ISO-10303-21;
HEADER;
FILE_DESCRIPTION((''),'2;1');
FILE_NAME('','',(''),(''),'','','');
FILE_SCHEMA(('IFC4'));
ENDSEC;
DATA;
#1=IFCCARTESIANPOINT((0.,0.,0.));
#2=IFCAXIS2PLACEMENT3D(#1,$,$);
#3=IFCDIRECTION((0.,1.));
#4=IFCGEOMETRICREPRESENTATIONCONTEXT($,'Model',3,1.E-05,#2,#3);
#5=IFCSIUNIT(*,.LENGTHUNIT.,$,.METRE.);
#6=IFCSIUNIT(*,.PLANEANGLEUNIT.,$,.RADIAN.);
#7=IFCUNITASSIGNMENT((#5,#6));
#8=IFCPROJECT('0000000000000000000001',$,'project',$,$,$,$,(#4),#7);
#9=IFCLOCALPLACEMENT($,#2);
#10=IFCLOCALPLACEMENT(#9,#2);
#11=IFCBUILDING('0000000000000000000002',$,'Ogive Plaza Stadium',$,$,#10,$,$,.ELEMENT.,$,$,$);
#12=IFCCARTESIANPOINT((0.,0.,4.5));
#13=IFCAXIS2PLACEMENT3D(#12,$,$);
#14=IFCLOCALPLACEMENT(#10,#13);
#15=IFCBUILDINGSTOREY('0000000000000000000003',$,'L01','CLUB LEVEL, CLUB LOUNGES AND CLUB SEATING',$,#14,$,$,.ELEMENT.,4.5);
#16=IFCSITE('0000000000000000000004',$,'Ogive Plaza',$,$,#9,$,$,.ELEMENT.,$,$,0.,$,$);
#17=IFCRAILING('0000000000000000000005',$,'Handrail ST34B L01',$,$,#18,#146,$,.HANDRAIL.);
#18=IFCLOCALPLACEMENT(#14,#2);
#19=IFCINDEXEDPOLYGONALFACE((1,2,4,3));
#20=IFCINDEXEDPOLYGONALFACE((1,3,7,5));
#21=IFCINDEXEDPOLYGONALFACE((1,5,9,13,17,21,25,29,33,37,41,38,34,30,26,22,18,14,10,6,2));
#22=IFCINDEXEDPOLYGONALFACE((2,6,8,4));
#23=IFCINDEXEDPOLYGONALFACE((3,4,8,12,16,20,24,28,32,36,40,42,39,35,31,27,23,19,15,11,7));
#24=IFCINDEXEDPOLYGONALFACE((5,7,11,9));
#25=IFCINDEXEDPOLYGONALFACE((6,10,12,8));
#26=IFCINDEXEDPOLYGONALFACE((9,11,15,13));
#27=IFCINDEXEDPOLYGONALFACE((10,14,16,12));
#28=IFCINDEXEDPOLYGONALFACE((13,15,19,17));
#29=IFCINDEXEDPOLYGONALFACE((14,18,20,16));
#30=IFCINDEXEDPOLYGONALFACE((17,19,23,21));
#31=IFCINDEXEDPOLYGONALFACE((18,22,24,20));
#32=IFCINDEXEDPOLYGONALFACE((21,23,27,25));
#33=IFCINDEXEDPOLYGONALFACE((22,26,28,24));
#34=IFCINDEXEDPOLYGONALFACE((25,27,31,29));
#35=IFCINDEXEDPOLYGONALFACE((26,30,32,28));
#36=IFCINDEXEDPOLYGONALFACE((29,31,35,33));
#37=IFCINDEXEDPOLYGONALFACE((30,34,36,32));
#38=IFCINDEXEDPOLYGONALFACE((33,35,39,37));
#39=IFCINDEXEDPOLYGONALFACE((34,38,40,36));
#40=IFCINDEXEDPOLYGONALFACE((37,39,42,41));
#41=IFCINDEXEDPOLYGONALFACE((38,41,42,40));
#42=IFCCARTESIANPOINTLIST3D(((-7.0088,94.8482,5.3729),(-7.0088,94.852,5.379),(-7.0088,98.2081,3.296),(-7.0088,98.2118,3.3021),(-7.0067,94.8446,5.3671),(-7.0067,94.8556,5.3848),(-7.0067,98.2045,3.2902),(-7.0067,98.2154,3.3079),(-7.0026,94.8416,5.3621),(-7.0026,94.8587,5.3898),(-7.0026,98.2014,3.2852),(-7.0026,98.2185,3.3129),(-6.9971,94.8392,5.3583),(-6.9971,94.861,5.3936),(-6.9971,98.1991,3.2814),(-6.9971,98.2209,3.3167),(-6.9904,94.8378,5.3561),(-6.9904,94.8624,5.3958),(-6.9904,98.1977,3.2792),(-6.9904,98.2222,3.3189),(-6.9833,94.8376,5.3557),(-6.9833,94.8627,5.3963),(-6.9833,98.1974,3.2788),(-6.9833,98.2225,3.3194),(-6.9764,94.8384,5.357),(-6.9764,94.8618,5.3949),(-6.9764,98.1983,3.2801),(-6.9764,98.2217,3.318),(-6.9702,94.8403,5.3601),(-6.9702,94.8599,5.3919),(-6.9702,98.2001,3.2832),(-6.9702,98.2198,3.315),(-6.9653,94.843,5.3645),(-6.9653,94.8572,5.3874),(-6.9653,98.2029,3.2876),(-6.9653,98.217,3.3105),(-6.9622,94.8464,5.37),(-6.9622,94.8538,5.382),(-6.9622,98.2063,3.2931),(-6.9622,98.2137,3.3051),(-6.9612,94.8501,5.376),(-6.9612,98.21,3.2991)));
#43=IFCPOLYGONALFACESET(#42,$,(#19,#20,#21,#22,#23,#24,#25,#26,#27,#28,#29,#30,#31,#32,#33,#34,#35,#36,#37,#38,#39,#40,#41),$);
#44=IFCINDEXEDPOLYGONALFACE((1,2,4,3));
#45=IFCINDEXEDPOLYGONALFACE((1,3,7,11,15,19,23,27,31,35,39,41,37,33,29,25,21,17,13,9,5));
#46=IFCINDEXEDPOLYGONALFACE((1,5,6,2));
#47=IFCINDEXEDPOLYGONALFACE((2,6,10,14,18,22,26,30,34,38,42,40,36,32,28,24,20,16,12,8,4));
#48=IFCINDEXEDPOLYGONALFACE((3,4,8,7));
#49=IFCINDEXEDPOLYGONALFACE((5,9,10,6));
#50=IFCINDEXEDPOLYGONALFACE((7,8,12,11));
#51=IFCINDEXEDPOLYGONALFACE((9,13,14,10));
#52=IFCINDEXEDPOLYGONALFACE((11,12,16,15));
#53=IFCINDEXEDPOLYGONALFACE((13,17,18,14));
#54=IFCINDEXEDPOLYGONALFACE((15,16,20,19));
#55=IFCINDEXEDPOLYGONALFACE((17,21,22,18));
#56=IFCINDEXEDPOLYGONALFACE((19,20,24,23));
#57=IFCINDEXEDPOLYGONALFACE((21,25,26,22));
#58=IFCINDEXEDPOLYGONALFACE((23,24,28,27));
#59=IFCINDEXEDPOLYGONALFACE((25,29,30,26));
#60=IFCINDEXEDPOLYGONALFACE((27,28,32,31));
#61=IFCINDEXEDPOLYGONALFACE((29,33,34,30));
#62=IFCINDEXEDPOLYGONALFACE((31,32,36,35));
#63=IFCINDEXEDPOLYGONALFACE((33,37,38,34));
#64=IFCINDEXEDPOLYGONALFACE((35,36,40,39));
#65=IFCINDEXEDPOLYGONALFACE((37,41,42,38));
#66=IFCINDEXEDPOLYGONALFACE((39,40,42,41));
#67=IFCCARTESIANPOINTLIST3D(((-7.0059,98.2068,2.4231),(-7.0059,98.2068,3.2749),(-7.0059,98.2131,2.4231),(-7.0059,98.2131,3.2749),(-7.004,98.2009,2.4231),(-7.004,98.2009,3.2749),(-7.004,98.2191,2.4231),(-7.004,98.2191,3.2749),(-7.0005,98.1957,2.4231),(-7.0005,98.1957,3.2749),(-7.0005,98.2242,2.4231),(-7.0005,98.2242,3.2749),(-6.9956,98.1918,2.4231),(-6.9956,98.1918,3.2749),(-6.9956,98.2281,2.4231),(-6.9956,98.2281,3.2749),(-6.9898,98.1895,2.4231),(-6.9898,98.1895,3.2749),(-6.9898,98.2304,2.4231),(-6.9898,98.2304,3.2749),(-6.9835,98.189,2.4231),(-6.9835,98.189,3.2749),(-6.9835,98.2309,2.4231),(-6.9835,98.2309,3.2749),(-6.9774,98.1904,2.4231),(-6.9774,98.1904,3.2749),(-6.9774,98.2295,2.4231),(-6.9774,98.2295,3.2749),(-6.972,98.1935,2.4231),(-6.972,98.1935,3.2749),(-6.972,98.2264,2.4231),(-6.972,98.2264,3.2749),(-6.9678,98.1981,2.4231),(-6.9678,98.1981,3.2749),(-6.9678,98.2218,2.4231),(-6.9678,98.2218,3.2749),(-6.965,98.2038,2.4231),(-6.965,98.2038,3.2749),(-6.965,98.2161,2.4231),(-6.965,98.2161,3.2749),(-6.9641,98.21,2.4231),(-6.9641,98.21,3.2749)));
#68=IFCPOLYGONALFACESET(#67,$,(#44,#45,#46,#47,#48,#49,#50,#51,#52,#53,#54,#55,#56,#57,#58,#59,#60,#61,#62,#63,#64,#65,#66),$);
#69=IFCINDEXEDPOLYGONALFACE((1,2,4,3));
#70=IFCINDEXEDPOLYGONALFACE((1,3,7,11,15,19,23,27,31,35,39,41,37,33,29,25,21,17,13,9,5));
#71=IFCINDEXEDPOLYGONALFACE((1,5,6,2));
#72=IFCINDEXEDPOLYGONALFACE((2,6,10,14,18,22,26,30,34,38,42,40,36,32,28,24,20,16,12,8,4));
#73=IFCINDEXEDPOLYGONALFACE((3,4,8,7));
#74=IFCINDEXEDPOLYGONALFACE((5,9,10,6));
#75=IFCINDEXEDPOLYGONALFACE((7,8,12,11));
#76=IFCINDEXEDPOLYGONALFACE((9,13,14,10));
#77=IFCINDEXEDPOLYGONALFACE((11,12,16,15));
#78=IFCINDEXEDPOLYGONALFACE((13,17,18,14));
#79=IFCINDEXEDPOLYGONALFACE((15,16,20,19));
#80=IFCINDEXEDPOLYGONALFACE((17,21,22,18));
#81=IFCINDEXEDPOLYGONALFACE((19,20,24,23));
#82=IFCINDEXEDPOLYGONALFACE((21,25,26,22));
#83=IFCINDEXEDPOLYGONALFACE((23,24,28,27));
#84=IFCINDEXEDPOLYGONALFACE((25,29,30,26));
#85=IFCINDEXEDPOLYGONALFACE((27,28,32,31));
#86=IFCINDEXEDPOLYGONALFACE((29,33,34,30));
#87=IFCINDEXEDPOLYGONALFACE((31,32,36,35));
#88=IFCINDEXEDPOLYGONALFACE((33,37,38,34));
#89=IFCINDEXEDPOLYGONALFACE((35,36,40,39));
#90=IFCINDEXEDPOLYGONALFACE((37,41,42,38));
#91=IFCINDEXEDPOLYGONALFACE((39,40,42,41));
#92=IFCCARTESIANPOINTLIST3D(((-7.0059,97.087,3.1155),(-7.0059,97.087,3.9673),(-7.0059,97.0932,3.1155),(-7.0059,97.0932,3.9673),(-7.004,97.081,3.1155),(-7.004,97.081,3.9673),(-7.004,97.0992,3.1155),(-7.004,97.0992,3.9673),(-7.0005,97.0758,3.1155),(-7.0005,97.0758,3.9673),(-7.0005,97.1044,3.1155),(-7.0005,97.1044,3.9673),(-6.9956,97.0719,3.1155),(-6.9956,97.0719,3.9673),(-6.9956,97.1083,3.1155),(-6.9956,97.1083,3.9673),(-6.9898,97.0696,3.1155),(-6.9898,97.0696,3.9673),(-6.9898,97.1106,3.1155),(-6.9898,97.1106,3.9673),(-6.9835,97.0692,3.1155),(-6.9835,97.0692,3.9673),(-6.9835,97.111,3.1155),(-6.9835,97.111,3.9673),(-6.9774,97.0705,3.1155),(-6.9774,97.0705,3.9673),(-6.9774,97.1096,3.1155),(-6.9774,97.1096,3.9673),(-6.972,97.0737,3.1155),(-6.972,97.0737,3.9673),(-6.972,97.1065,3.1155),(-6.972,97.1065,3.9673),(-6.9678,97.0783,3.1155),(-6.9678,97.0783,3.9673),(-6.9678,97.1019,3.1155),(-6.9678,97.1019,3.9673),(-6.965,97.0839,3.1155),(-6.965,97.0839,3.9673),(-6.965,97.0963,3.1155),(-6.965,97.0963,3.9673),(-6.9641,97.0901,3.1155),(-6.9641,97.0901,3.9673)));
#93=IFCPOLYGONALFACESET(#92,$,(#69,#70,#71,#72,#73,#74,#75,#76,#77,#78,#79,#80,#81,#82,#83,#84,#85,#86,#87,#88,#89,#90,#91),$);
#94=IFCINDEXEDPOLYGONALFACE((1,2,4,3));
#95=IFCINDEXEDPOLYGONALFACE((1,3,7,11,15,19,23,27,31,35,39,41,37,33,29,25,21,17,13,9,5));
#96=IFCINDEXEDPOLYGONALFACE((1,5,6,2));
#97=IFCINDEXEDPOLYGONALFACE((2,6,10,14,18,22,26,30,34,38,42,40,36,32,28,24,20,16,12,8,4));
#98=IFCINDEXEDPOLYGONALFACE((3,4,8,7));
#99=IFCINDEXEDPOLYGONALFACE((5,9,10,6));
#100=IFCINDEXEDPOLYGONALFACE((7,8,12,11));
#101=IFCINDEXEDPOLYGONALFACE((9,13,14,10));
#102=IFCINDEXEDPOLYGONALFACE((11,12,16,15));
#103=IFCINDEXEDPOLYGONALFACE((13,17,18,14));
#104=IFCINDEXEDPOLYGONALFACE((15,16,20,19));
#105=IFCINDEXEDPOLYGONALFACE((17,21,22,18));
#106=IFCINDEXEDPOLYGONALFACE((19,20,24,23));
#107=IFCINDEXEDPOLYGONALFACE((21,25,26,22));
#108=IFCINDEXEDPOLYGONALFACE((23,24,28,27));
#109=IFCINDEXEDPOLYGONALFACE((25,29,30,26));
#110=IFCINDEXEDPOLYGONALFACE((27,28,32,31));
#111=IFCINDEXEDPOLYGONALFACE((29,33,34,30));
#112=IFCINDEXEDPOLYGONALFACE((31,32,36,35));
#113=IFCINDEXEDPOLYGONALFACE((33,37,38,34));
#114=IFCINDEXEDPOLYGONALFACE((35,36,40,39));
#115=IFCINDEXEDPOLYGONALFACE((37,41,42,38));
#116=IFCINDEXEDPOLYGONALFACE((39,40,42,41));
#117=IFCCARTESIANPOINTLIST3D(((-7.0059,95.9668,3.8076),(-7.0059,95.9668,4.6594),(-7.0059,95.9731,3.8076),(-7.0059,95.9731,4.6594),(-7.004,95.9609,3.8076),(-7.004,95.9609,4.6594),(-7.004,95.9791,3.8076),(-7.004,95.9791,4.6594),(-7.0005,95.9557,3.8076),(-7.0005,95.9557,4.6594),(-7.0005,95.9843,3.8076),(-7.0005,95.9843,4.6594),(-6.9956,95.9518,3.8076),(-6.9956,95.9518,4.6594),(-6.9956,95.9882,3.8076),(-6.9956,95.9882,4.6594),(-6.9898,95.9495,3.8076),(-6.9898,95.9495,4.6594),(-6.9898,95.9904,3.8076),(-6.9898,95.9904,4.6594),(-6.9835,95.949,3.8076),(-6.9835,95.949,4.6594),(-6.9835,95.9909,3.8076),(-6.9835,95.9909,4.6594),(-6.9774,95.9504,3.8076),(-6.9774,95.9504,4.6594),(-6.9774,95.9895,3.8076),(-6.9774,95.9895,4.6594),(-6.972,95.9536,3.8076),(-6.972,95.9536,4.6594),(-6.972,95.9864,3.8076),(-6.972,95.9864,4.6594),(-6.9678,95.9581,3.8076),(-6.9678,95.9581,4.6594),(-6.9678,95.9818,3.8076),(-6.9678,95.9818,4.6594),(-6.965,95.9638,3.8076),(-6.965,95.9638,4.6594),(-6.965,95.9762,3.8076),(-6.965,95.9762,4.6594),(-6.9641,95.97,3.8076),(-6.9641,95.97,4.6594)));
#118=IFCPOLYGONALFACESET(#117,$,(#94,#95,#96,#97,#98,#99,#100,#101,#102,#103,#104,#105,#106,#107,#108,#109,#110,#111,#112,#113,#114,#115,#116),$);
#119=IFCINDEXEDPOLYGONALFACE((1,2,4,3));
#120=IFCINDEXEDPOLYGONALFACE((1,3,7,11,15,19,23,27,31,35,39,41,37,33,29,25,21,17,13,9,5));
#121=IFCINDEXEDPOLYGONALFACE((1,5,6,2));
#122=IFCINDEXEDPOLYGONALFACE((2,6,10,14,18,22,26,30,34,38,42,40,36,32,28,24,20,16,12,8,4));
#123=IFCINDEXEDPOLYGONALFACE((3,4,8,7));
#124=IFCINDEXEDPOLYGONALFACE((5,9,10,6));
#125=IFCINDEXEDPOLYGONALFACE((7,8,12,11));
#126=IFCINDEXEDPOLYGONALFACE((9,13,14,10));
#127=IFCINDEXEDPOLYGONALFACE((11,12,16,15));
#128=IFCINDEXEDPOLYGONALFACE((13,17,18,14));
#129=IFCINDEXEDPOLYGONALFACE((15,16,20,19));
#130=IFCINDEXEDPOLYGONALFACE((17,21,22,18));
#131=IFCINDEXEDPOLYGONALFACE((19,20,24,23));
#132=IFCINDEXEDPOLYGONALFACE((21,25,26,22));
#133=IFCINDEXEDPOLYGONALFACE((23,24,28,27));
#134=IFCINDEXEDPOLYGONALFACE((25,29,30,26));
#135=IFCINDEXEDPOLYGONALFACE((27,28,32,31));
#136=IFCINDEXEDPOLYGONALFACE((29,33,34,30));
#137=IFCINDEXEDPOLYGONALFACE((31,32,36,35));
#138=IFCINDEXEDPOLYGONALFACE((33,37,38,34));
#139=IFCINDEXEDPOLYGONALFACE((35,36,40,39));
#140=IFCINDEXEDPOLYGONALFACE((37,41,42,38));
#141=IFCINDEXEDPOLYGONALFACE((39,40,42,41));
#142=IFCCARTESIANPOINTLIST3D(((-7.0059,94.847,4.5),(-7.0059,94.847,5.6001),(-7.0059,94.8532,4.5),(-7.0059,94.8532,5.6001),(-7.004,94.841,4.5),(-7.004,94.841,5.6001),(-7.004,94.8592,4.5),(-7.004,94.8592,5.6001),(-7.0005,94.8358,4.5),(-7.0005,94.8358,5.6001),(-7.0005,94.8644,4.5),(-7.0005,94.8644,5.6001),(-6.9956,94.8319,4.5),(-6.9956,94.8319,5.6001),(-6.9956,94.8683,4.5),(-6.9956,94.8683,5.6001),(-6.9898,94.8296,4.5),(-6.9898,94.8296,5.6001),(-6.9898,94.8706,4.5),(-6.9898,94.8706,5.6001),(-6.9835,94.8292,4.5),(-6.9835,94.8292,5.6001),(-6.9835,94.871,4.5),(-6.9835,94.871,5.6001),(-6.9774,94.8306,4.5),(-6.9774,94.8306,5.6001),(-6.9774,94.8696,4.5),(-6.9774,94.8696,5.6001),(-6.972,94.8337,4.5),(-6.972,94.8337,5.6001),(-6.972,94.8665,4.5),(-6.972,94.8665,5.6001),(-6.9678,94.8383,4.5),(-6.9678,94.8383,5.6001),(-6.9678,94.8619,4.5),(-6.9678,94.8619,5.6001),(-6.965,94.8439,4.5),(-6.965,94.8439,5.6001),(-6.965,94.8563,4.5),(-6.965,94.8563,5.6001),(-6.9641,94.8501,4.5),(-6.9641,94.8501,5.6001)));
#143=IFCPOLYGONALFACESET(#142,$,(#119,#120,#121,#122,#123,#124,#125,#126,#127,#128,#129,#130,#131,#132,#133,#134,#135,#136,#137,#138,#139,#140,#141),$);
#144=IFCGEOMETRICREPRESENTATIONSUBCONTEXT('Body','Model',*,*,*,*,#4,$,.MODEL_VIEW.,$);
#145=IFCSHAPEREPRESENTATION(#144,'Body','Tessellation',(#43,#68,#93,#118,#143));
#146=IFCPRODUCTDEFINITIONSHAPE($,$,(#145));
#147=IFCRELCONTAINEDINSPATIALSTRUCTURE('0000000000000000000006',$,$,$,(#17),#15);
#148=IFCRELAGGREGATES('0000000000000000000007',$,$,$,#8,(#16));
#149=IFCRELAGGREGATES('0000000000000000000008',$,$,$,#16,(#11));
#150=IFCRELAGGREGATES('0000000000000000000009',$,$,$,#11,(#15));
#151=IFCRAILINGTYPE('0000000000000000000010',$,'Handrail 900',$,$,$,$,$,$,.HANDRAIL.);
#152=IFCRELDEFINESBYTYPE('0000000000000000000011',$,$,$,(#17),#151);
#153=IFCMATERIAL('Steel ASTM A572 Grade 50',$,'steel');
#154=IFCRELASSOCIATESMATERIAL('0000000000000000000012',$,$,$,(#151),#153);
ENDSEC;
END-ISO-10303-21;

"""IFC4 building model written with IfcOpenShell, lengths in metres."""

from ifc_helpers import new_model, si_unit, direction, frame, origin, origin_2d, place, context, subcontext, project, spatial, circle, extrude, material, type_object, element, save


model = new_model("IFC4")

# Units and contexts
model_context = context("Model", 3, precision=1e-05, world=origin(), true_north=direction((0.0, 1.0)))
body_context = subcontext(model_context, "Body", "Model", "MODEL_VIEW")
ifc_project = project(units=[si_unit("LENGTHUNIT", "METRE"), si_unit("PLANEANGLEUNIT", "RADIAN")], contexts=[model_context])

# Site, building, storey
site_placement = place(None, origin())
site = spatial("IfcSite", under=ifc_project, at=site_placement, Name="Ogive Plaza", CompositionType="ELEMENT", RefElevation=0.0)
building_placement = place(site_placement, origin())
building = spatial("IfcBuilding", under=site, at=building_placement, Name="Ogive Plaza Stadium", CompositionType="ELEMENT")
storey_placement = place(building_placement, frame((0.0, 0.0, 4.5)))
storey = spatial("IfcBuildingStorey", under=building, at=storey_placement, Name="L01", Description="CLUB LEVEL, CLUB LOUNGES AND CLUB SEATING", CompositionType="ELEMENT", Elevation=4.5)

# Railing
ifc_material_1 = material(Name="Steel ASTM A572 Grade 50", Category="steel")
railing_type_1 = type_object("IfcRailingType", Name="Handrail 900", PredefinedType="HANDRAIL", material=ifc_material_1)
for number, where, name in (
    (1, (-6.9851, 98.21, 2.4231), "Handrail ST34B L01"),
):
    element("IfcRailing", number, at=place(storey_placement, frame(where)), inside=storey, type_object=railing_type_1, Name=name, PredefinedType="HANDRAIL", context=body_context, shape_type="SweptSolid", body=[
        extrude(circle(Radius=0.0239, at=origin_2d()), frame((0.0, 0.0, 0.876), z_axis=(0.0, -0.850606, 0.525803), x_axis=(1.0, 0.0, 0.0)), (0.0, 0.0, 1.0), 3.95),
        extrude(circle(Radius=0.021, at=origin_2d()), origin(), (0.0, 0.0, 1.0), 0.8518),
        extrude(circle(Radius=0.021, at=origin_2d()), frame((0.0, -1.1199, 0.6924)), (0.0, 0.0, 1.0), 0.8518),
        extrude(circle(Radius=0.021, at=origin_2d()), frame((0.0, -2.24, 1.3845)), (0.0, 0.0, 1.0), 0.8518),
        extrude(circle(Radius=0.021, at=origin_2d()), frame((0.0, -3.3599, 2.0769)), (0.0, 0.0, 1.0), 1.1001),
    ])

save(model, "model.ifc")
